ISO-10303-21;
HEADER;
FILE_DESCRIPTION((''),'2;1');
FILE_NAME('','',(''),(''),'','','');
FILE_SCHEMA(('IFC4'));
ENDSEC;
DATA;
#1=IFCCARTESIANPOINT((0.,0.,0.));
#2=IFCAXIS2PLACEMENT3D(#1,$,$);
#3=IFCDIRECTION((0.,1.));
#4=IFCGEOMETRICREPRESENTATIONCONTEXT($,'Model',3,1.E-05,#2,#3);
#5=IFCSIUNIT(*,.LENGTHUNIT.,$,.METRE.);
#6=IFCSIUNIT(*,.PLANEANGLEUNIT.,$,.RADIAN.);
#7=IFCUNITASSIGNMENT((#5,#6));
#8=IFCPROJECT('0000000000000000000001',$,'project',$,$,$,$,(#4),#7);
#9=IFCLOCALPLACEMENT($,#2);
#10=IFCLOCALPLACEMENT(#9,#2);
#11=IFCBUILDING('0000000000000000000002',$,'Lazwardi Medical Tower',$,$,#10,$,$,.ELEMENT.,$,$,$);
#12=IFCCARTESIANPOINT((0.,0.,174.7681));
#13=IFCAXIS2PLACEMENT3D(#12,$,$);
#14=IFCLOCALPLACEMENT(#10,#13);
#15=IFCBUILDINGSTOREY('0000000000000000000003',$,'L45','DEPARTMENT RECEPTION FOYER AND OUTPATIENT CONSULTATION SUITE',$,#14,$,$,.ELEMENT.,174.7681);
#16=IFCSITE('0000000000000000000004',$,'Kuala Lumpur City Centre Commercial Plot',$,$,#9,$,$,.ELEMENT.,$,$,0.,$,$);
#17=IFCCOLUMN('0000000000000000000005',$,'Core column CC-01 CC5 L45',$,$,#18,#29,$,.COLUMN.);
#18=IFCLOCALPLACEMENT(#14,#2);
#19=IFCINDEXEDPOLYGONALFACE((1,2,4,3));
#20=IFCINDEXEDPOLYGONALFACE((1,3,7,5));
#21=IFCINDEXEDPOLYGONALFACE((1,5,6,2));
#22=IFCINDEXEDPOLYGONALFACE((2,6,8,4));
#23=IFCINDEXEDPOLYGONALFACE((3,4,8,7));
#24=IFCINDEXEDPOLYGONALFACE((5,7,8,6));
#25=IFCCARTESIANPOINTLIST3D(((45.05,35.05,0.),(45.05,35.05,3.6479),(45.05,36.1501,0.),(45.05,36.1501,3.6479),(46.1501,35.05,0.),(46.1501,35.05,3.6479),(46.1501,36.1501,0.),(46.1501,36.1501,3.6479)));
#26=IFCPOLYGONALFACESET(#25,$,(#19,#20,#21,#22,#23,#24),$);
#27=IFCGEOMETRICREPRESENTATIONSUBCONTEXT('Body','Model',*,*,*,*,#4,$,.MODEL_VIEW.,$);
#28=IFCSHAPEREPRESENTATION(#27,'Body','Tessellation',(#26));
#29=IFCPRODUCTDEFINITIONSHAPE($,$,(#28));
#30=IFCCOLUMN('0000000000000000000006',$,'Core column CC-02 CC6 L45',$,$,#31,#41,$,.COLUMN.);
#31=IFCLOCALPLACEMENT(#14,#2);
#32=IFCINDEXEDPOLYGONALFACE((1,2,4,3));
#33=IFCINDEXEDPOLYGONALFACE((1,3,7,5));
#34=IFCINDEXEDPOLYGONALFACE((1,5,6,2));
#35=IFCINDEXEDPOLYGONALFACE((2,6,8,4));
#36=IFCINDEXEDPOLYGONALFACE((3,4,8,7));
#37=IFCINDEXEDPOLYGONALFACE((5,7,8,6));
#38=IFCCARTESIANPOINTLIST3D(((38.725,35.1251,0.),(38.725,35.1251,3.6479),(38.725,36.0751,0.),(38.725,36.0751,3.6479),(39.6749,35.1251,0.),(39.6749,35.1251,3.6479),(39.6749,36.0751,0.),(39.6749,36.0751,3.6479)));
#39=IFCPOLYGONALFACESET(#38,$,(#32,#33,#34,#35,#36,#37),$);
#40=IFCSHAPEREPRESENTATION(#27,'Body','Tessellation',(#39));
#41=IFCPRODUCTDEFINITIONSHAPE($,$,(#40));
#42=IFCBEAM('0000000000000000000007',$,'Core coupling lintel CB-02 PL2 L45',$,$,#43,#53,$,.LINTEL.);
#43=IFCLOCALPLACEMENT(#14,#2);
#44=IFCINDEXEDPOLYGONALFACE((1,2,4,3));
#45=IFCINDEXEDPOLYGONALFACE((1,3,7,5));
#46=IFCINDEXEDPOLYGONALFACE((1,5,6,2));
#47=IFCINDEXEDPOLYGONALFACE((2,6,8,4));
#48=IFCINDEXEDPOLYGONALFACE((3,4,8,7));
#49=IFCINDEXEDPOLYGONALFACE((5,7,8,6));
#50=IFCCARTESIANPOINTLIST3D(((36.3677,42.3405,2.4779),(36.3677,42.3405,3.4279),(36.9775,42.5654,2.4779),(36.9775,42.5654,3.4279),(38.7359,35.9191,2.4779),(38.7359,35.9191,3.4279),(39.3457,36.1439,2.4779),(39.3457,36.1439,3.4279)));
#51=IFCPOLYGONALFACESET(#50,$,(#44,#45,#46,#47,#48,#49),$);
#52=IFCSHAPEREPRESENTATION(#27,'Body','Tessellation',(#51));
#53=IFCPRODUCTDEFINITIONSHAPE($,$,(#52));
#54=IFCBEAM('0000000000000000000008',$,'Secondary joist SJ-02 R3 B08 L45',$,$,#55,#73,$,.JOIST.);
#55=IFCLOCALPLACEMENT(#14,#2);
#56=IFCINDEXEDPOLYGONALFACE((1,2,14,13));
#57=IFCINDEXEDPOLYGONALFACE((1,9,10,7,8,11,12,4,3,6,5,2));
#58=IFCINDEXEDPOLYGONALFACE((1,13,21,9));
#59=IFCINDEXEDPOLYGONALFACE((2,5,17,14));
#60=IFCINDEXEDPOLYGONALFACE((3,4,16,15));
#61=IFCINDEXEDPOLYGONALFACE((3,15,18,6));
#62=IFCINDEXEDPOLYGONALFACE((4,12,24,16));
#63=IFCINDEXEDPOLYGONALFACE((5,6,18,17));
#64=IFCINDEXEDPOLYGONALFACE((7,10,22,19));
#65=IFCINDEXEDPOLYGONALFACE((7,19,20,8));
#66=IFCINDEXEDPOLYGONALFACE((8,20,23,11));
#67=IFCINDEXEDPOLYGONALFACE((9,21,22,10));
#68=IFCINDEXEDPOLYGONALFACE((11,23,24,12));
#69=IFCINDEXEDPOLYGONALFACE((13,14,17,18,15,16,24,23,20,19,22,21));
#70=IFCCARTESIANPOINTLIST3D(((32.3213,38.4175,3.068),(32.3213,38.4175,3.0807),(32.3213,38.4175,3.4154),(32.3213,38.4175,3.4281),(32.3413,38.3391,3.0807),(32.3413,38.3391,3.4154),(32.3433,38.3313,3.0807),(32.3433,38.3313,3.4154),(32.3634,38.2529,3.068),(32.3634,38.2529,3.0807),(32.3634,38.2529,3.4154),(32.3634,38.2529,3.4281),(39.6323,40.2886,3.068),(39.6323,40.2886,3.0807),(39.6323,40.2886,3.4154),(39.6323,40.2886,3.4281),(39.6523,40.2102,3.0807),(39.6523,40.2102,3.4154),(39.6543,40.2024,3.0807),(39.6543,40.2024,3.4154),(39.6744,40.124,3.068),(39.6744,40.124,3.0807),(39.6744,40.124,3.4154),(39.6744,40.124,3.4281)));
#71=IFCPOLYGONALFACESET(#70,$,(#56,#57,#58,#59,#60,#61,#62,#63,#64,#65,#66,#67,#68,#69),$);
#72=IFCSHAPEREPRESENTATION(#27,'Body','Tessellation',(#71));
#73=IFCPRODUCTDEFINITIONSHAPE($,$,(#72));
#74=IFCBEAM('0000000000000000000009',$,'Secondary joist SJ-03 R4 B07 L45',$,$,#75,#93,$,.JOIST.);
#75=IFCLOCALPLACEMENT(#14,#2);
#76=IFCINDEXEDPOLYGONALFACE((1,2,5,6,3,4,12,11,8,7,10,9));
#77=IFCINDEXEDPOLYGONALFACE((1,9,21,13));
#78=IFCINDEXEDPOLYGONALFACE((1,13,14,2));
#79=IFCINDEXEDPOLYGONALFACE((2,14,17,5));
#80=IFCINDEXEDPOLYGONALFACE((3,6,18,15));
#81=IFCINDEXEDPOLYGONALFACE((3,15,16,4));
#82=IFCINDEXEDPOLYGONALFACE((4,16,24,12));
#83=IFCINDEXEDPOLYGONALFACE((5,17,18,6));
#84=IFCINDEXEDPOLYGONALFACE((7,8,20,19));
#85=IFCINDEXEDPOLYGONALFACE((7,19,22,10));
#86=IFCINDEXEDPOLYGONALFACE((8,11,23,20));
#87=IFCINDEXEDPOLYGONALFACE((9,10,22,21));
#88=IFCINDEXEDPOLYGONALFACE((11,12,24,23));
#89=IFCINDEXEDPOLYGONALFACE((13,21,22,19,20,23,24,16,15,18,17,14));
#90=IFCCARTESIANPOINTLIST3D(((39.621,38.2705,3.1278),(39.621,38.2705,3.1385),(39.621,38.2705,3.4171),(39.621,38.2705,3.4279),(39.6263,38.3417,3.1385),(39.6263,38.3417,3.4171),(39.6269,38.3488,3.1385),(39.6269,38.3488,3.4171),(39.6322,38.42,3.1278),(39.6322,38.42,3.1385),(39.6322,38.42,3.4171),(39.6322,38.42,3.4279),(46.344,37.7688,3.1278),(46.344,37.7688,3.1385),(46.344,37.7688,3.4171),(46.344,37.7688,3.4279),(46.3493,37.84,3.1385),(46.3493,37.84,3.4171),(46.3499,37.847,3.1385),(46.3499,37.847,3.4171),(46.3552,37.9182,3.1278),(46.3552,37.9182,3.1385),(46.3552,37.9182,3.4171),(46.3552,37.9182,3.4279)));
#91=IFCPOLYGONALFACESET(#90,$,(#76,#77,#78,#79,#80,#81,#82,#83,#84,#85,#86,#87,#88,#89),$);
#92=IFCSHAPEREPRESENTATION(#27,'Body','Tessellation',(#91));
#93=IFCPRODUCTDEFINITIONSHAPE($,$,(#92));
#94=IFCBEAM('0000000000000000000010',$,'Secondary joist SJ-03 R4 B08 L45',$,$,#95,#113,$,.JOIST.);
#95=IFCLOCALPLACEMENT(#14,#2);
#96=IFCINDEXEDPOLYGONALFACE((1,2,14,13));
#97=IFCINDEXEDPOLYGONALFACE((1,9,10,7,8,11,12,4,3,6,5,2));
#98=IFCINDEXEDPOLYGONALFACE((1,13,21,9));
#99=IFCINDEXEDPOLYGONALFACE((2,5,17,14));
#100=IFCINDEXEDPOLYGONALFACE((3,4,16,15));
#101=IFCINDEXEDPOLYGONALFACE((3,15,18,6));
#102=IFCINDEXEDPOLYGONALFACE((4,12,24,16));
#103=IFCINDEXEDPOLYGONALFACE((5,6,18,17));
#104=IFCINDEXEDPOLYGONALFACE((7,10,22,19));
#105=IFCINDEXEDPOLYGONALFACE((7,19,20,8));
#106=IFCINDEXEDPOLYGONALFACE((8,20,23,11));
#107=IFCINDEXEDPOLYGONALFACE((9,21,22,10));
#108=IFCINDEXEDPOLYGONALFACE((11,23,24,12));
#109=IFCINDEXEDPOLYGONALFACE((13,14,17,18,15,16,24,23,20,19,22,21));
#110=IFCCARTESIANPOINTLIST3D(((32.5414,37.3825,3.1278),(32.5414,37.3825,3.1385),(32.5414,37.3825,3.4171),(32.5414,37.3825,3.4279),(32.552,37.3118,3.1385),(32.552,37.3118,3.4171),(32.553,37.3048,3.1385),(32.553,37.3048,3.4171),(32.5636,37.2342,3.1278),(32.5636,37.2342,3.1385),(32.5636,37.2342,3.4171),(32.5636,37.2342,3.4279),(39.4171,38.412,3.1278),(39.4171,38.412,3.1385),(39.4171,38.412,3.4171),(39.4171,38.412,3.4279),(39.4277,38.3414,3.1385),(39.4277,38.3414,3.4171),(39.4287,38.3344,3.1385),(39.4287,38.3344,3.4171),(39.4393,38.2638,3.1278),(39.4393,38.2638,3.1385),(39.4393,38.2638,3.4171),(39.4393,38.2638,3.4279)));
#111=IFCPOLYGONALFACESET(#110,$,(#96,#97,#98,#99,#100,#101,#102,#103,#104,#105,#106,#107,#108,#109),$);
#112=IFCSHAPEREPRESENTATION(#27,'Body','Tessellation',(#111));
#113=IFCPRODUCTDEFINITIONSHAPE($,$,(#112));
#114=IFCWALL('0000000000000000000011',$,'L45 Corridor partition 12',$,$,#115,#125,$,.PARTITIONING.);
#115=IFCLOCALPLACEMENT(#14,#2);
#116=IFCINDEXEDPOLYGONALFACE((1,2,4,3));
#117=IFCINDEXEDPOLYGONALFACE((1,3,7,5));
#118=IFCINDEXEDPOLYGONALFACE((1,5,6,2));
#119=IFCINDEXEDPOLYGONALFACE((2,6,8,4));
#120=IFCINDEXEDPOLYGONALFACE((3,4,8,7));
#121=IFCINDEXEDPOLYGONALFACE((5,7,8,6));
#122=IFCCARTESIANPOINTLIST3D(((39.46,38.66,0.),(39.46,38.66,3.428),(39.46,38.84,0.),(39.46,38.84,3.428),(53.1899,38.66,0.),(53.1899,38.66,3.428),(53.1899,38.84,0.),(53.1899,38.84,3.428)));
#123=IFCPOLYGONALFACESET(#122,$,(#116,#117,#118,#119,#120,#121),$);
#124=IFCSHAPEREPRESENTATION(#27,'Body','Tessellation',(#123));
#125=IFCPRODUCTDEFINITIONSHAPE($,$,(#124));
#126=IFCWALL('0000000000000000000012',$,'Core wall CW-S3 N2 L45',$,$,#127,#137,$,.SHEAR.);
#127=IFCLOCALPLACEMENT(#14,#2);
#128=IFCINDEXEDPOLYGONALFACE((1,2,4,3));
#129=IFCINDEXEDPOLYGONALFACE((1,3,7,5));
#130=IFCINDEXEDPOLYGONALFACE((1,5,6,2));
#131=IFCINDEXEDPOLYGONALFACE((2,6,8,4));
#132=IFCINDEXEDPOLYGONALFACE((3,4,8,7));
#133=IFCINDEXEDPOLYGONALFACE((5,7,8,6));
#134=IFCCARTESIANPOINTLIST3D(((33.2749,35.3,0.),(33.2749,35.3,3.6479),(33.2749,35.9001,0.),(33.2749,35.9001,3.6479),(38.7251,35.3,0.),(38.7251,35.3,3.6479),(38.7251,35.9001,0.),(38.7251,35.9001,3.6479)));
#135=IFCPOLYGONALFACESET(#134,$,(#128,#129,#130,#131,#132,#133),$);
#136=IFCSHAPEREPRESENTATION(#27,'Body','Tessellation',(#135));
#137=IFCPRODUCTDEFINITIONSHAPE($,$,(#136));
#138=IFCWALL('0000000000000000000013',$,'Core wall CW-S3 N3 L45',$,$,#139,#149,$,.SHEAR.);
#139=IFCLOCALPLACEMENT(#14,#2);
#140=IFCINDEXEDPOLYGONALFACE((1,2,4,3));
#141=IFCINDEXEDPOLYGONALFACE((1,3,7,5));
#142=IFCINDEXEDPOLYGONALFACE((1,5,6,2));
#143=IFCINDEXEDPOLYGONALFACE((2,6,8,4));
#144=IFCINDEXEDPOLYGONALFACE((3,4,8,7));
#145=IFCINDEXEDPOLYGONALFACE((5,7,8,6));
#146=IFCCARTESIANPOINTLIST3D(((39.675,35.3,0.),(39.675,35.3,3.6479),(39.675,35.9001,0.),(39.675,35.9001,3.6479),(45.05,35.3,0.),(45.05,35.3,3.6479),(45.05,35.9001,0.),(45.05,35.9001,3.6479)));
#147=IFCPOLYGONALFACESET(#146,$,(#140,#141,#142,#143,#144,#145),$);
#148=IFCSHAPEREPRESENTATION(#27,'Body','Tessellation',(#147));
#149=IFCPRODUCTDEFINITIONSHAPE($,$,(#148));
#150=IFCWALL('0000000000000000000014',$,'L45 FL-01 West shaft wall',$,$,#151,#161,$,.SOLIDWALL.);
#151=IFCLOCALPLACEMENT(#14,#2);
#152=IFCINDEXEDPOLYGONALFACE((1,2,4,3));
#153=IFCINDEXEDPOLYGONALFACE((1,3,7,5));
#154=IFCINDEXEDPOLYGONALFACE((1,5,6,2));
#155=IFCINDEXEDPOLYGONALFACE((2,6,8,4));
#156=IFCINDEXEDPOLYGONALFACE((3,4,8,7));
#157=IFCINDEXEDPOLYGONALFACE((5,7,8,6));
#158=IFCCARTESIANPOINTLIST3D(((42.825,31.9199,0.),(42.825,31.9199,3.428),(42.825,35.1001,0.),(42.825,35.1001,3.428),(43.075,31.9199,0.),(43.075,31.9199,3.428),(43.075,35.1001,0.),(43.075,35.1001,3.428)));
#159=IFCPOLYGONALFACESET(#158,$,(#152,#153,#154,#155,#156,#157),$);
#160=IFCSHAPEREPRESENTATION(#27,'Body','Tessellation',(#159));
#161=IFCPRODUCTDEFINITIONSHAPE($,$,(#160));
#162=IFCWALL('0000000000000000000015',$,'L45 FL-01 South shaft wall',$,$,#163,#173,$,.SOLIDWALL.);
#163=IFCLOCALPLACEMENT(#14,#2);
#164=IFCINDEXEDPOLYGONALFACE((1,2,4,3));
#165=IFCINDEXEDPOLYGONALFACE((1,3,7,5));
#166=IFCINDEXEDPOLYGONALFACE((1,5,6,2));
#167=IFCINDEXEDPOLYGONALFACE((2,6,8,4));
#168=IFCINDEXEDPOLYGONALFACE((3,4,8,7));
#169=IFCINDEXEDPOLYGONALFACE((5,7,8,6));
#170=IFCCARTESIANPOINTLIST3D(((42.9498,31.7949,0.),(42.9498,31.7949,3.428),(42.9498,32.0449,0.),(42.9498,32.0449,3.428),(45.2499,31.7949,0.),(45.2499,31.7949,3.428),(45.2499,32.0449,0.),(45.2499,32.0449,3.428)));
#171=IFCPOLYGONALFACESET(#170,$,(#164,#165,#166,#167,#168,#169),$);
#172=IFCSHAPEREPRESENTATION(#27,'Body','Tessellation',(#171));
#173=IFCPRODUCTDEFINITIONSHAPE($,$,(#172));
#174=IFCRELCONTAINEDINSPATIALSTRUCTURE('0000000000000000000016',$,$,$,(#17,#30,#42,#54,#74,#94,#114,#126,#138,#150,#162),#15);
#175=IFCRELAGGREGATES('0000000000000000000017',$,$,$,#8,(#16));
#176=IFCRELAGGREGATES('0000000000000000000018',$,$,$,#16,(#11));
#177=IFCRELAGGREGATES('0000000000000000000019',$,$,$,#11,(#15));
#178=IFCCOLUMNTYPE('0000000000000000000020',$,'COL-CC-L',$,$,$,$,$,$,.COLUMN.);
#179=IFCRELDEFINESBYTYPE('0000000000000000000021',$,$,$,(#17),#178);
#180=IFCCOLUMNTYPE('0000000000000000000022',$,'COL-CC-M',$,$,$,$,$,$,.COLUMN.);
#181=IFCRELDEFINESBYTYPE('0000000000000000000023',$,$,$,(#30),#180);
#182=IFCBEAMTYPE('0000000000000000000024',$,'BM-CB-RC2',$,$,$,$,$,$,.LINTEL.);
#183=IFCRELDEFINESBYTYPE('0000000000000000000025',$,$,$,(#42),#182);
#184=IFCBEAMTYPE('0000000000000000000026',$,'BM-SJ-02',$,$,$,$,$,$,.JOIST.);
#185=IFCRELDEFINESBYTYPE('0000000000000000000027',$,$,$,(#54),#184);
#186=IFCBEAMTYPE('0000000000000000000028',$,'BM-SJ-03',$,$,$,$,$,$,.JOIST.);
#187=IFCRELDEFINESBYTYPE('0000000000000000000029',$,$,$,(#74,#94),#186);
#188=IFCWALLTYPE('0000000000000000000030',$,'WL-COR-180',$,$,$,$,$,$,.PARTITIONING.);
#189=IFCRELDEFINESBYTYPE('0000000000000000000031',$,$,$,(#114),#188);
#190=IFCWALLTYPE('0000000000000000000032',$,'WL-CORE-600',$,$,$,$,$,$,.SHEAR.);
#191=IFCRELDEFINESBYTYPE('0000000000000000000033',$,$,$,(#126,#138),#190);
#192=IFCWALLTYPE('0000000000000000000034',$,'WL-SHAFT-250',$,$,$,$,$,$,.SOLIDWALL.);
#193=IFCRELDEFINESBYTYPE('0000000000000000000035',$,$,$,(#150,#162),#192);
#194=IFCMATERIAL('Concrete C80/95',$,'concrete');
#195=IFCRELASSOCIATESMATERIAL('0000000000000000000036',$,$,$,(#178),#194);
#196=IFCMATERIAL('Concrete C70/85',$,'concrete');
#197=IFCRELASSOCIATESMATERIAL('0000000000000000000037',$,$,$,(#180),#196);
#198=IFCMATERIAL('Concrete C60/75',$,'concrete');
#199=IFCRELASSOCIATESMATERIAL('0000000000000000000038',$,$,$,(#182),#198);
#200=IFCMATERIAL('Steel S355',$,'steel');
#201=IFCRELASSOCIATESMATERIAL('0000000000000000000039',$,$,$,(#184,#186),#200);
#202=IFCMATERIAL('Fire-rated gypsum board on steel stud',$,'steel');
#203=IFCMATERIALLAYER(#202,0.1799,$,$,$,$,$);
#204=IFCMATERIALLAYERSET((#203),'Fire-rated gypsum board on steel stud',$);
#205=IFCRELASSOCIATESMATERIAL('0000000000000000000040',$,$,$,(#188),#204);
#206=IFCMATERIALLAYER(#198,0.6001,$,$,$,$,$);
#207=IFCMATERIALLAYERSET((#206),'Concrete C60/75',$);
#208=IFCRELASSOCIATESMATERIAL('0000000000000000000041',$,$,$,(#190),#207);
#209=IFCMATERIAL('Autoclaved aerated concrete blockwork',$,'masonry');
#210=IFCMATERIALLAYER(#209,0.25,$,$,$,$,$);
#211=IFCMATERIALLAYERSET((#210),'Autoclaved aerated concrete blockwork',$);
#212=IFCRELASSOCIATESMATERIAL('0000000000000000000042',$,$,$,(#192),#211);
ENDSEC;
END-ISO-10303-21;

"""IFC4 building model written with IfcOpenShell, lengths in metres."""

from ifc_helpers import new_model, si_unit, direction, frame, frame_2d, origin, origin_2d, place, context, subcontext, project, spatial, rectangle, i_section, extrude, material, layer, layer_set, material_profile, profile_set, type_object, element, save


model = new_model("IFC4")

# Units and contexts
model_context = context("Model", 3, precision=1e-05, world=origin(), true_north=direction((0.0, 1.0)))
body_context = subcontext(model_context, "Body", "Model", "MODEL_VIEW")
ifc_project = project(units=[si_unit("LENGTHUNIT", "METRE"), si_unit("PLANEANGLEUNIT", "RADIAN")], contexts=[model_context])

# Site, building, storey
site_placement = place(None, origin())
site = spatial("IfcSite", under=ifc_project, at=site_placement, Name="Kuala Lumpur City Centre Commercial Plot", CompositionType="ELEMENT", RefElevation=0.0)
building_placement = place(site_placement, origin())
building = spatial("IfcBuilding", under=site, at=building_placement, Name="Lazwardi Medical Tower", CompositionType="ELEMENT")
storey_placement = place(building_placement, frame((0.0, 0.0, 174.7681)))
storey = spatial("IfcBuildingStorey", under=building, at=storey_placement, Name="L45", Description="DEPARTMENT RECEPTION FOYER AND OUTPATIENT CONSULTATION SUITE", CompositionType="ELEMENT", Elevation=174.7681)

# Columns
ifc_material_1 = material(Name="Concrete C80/95", Category="concrete")
ifc_material_profile_1 = material_profile(ifc_material_1, rectangle(XDim=1.1001, YDim=1.1001, at=origin_2d()), Name="RC 1100x1100")
ifc_profile_set_1 = profile_set([ifc_material_profile_1], Name="Concrete C80/95")
column_type_1 = type_object("IfcColumnType", Name="COL-CC-L", PredefinedType="COLUMN", material=ifc_profile_set_1)
column_1_placement = place(storey_placement, frame((45.6001, 35.6001, 0.0), z_axis=(0.0, 0.0, 1.0), x_axis=(1.0, 0.0, 0.0)))
element("IfcColumn", 1, at=column_1_placement, inside=storey, type_object=column_type_1, Name="Core column CC-01 CC5 L45", PredefinedType="COLUMN", context=body_context, shape_type="SweptSolid", body=[
    extrude(rectangle(XDim=1.1001, YDim=1.1001, at=origin_2d()), origin(), (0.0, 0.0, 1.0), 3.6479),
])
ifc_material_2 = material(Name="Concrete C70/85", Category="concrete")
ifc_material_profile_2 = material_profile(ifc_material_2, rectangle(XDim=0.95, YDim=0.95, at=origin_2d()), Name="RC 950x950")
ifc_profile_set_2 = profile_set([ifc_material_profile_2], Name="Concrete C70/85")
column_type_2 = type_object("IfcColumnType", Name="COL-CC-M", PredefinedType="COLUMN", material=ifc_profile_set_2)
column_2_placement = place(storey_placement, frame((39.2, 35.6001, 0.0), z_axis=(0.0, 0.0, 1.0), x_axis=(1.0, 0.0, 0.0)))
element("IfcColumn", 2, at=column_2_placement, inside=storey, type_object=column_type_2, Name="Core column CC-02 CC6 L45", PredefinedType="COLUMN", context=body_context, shape_type="SweptSolid", body=[
    extrude(rectangle(XDim=0.95, YDim=0.95, at=origin_2d()), origin(), (0.0, 0.0, 1.0), 3.6479),
])

# Beams
ifc_material_3 = material(Name="Concrete C60/75", Category="concrete")
ifc_material_profile_3 = material_profile(ifc_material_3, rectangle(XDim=0.6499, YDim=0.95, at=origin_2d()), Name="RC 650x950")
ifc_profile_set_3 = profile_set([ifc_material_profile_3], Name="Concrete C60/75")
beam_type_1 = type_object("IfcBeamType", Name="BM-CB-RC2", PredefinedType="LINTEL", material=ifc_profile_set_3)
beam_1_placement = place(storey_placement, frame((39.0408, 36.0315, 2.9529), z_axis=(-0.346013, 0.93823, 0.0), x_axis=(-0.93823, -0.346013, 0.0)))
element("IfcBeam", 3, at=beam_1_placement, inside=storey, type_object=beam_type_1, Name="Core coupling lintel CB-02 PL2 L45", PredefinedType="LINTEL", context=body_context, shape_type="SweptSolid", body=[
    extrude(rectangle(XDim=0.6499, YDim=0.95, at=origin_2d()), origin(), (0.0, 0.0, 1.0), 6.8442),
])
ifc_material_4 = material(Name="Steel S355", Category="steel")
ifc_material_profile_4 = material_profile(ifc_material_4, i_section(OverallWidth=0.1699, OverallDepth=0.3601, WebThickness=0.0081, FlangeThickness=0.0127, at=origin_2d()), Name="IPE 360")
ifc_profile_set_4 = profile_set([ifc_material_profile_4], Name="Steel S355")
beam_type_2 = type_object("IfcBeamType", Name="BM-SJ-02", PredefinedType="JOIST", material=ifc_profile_set_4)
beam_2_placement = place(storey_placement, frame((39.6533, 40.2063, 3.248), z_axis=(-0.968776, -0.247936, 0.0), x_axis=(0.247936, -0.968776, 0.0)))
element("IfcBeam", 4, at=beam_2_placement, inside=storey, type_object=beam_type_2, Name="Secondary joist SJ-02 R3 B08 L45", PredefinedType="JOIST", context=body_context, shape_type="SweptSolid", body=[
    extrude(i_section(OverallWidth=0.1699, OverallDepth=0.3601, WebThickness=0.0081, FlangeThickness=0.0127, at=origin_2d()), origin(), (0.0, 0.0, 1.0), 7.5466),
])
ifc_material_profile_5 = material_profile(ifc_material_4, i_section(OverallWidth=0.1499, OverallDepth=0.3, WebThickness=0.0071, FlangeThickness=0.0107, at=origin_2d()), Name="IPE 300")
ifc_profile_set_5 = profile_set([ifc_material_profile_5], Name="Steel S355")
beam_type_3 = type_object("IfcBeamType", Name="BM-SJ-03", PredefinedType="JOIST", material=ifc_profile_set_5)
beam_3_placement = place(storey_placement, frame((46.3496, 37.8435, 3.2778), z_axis=(-0.997227, 0.07442, 0.0), x_axis=(-0.07442, -0.997227, 0.0)))
element("IfcBeam", 5, at=beam_3_placement, inside=storey, type_object=beam_type_3, Name="Secondary joist SJ-03 R4 B07 L45", PredefinedType="JOIST", context=body_context, shape_type="SweptSolid", body=[
    extrude(i_section(OverallWidth=0.1499, OverallDepth=0.3, WebThickness=0.0071, FlangeThickness=0.0107, at=origin_2d()), origin(), (0.0, 0.0, 1.0), 6.7417),
])
beam_4_placement = place(storey_placement, frame((39.4282, 38.3379, 3.2778), z_axis=(-0.988975, -0.148085, 0.0), x_axis=(0.148085, -0.988975, 0.0)))
element("IfcBeam", 6, at=beam_4_placement, inside=storey, type_object=beam_type_3, Name="Secondary joist SJ-03 R4 B08 L45", PredefinedType="JOIST", context=body_context, shape_type="SweptSolid", body=[
    extrude(i_section(OverallWidth=0.1499, OverallDepth=0.3, WebThickness=0.0071, FlangeThickness=0.0107, at=origin_2d()), origin(), (0.0, 0.0, 1.0), 6.9524),
])

# Walls
ifc_material_5 = material(Name="Fire-rated gypsum board on steel stud", Category="steel")
ifc_layer_1 = layer(ifc_material_5, 0.1799)
ifc_layer_set_1 = layer_set([ifc_layer_1], Name="Fire-rated gypsum board on steel stud")
wall_type_1 = type_object("IfcWallType", Name="WL-COR-180", PredefinedType="PARTITIONING", material=ifc_layer_set_1)
wall_1_placement = place(storey_placement, frame((39.46, 38.75, 0.0), z_axis=(0.0, 0.0, 1.0), x_axis=(1.0, 0.0, 0.0)))
element("IfcWall", 7, at=wall_1_placement, inside=storey, type_object=wall_type_1, Name="L45 Corridor partition 12", PredefinedType="PARTITIONING", context=body_context, shape_type="SweptSolid", body=[
    extrude(rectangle(XDim=13.73, YDim=0.1799, at=frame_2d((6.865, 0.0))), origin(), (0.0, 0.0, 1.0), 3.428),
])
ifc_layer_2 = layer(ifc_material_3, 0.6001)
ifc_layer_set_2 = layer_set([ifc_layer_2], Name="Concrete C60/75")
wall_type_2 = type_object("IfcWallType", Name="WL-CORE-600", PredefinedType="SHEAR", material=ifc_layer_set_2)
wall_2_placement = place(storey_placement, frame((33.2749, 35.6001, 0.0), z_axis=(0.0, 0.0, 1.0), x_axis=(1.0, 0.0, 0.0)))
element("IfcWall", 8, at=wall_2_placement, inside=storey, type_object=wall_type_2, Name="Core wall CW-S3 N2 L45", PredefinedType="SHEAR", context=body_context, shape_type="SweptSolid", body=[
    extrude(rectangle(XDim=5.4502, YDim=0.6001, at=frame_2d((2.7251, 0.0))), origin(), (0.0, 0.0, 1.0), 3.6479),
])
wall_3_placement = place(storey_placement, frame((39.675, 35.6001, 0.0), z_axis=(0.0, 0.0, 1.0), x_axis=(1.0, 0.0, 0.0)))
element("IfcWall", 9, at=wall_3_placement, inside=storey, type_object=wall_type_2, Name="Core wall CW-S3 N3 L45", PredefinedType="SHEAR", context=body_context, shape_type="SweptSolid", body=[
    extrude(rectangle(XDim=5.375, YDim=0.6001, at=frame_2d((2.6875, 0.0))), origin(), (0.0, 0.0, 1.0), 3.6479),
])
ifc_material_6 = material(Name="Autoclaved aerated concrete blockwork", Category="masonry")
ifc_layer_3 = layer(ifc_material_6, 0.25)
ifc_layer_set_3 = layer_set([ifc_layer_3], Name="Autoclaved aerated concrete blockwork")
wall_type_3 = type_object("IfcWallType", Name="WL-SHAFT-250", PredefinedType="SOLIDWALL", material=ifc_layer_set_3)
wall_4_placement = place(storey_placement, frame((42.95, 31.9199, 0.0), z_axis=(0.0, 0.0, 1.0), x_axis=(0.0, 1.0, 0.0)))
element("IfcWall", 10, at=wall_4_placement, inside=storey, type_object=wall_type_3, Name="L45 FL-01 West shaft wall", PredefinedType="SOLIDWALL", context=body_context, shape_type="SweptSolid", body=[
    extrude(rectangle(XDim=3.1802, YDim=0.25, at=frame_2d((1.5901, 0.0))), origin(), (0.0, 0.0, 1.0), 3.428),
])
wall_5_placement = place(storey_placement, frame((42.95, 31.9199, 0.0), z_axis=(0.0, 0.0, 1.0), x_axis=(1.0, 0.0, 0.0)))
element("IfcWall", 11, at=wall_5_placement, inside=storey, type_object=wall_type_3, Name="L45 FL-01 South shaft wall", PredefinedType="SOLIDWALL", context=body_context, shape_type="SweptSolid", body=[
    extrude(rectangle(XDim=2.3, YDim=0.25, at=frame_2d((1.1499, 0.0))), origin(), (0.0, 0.0, 1.0), 3.428),
])

save(model, "model.ifc")
